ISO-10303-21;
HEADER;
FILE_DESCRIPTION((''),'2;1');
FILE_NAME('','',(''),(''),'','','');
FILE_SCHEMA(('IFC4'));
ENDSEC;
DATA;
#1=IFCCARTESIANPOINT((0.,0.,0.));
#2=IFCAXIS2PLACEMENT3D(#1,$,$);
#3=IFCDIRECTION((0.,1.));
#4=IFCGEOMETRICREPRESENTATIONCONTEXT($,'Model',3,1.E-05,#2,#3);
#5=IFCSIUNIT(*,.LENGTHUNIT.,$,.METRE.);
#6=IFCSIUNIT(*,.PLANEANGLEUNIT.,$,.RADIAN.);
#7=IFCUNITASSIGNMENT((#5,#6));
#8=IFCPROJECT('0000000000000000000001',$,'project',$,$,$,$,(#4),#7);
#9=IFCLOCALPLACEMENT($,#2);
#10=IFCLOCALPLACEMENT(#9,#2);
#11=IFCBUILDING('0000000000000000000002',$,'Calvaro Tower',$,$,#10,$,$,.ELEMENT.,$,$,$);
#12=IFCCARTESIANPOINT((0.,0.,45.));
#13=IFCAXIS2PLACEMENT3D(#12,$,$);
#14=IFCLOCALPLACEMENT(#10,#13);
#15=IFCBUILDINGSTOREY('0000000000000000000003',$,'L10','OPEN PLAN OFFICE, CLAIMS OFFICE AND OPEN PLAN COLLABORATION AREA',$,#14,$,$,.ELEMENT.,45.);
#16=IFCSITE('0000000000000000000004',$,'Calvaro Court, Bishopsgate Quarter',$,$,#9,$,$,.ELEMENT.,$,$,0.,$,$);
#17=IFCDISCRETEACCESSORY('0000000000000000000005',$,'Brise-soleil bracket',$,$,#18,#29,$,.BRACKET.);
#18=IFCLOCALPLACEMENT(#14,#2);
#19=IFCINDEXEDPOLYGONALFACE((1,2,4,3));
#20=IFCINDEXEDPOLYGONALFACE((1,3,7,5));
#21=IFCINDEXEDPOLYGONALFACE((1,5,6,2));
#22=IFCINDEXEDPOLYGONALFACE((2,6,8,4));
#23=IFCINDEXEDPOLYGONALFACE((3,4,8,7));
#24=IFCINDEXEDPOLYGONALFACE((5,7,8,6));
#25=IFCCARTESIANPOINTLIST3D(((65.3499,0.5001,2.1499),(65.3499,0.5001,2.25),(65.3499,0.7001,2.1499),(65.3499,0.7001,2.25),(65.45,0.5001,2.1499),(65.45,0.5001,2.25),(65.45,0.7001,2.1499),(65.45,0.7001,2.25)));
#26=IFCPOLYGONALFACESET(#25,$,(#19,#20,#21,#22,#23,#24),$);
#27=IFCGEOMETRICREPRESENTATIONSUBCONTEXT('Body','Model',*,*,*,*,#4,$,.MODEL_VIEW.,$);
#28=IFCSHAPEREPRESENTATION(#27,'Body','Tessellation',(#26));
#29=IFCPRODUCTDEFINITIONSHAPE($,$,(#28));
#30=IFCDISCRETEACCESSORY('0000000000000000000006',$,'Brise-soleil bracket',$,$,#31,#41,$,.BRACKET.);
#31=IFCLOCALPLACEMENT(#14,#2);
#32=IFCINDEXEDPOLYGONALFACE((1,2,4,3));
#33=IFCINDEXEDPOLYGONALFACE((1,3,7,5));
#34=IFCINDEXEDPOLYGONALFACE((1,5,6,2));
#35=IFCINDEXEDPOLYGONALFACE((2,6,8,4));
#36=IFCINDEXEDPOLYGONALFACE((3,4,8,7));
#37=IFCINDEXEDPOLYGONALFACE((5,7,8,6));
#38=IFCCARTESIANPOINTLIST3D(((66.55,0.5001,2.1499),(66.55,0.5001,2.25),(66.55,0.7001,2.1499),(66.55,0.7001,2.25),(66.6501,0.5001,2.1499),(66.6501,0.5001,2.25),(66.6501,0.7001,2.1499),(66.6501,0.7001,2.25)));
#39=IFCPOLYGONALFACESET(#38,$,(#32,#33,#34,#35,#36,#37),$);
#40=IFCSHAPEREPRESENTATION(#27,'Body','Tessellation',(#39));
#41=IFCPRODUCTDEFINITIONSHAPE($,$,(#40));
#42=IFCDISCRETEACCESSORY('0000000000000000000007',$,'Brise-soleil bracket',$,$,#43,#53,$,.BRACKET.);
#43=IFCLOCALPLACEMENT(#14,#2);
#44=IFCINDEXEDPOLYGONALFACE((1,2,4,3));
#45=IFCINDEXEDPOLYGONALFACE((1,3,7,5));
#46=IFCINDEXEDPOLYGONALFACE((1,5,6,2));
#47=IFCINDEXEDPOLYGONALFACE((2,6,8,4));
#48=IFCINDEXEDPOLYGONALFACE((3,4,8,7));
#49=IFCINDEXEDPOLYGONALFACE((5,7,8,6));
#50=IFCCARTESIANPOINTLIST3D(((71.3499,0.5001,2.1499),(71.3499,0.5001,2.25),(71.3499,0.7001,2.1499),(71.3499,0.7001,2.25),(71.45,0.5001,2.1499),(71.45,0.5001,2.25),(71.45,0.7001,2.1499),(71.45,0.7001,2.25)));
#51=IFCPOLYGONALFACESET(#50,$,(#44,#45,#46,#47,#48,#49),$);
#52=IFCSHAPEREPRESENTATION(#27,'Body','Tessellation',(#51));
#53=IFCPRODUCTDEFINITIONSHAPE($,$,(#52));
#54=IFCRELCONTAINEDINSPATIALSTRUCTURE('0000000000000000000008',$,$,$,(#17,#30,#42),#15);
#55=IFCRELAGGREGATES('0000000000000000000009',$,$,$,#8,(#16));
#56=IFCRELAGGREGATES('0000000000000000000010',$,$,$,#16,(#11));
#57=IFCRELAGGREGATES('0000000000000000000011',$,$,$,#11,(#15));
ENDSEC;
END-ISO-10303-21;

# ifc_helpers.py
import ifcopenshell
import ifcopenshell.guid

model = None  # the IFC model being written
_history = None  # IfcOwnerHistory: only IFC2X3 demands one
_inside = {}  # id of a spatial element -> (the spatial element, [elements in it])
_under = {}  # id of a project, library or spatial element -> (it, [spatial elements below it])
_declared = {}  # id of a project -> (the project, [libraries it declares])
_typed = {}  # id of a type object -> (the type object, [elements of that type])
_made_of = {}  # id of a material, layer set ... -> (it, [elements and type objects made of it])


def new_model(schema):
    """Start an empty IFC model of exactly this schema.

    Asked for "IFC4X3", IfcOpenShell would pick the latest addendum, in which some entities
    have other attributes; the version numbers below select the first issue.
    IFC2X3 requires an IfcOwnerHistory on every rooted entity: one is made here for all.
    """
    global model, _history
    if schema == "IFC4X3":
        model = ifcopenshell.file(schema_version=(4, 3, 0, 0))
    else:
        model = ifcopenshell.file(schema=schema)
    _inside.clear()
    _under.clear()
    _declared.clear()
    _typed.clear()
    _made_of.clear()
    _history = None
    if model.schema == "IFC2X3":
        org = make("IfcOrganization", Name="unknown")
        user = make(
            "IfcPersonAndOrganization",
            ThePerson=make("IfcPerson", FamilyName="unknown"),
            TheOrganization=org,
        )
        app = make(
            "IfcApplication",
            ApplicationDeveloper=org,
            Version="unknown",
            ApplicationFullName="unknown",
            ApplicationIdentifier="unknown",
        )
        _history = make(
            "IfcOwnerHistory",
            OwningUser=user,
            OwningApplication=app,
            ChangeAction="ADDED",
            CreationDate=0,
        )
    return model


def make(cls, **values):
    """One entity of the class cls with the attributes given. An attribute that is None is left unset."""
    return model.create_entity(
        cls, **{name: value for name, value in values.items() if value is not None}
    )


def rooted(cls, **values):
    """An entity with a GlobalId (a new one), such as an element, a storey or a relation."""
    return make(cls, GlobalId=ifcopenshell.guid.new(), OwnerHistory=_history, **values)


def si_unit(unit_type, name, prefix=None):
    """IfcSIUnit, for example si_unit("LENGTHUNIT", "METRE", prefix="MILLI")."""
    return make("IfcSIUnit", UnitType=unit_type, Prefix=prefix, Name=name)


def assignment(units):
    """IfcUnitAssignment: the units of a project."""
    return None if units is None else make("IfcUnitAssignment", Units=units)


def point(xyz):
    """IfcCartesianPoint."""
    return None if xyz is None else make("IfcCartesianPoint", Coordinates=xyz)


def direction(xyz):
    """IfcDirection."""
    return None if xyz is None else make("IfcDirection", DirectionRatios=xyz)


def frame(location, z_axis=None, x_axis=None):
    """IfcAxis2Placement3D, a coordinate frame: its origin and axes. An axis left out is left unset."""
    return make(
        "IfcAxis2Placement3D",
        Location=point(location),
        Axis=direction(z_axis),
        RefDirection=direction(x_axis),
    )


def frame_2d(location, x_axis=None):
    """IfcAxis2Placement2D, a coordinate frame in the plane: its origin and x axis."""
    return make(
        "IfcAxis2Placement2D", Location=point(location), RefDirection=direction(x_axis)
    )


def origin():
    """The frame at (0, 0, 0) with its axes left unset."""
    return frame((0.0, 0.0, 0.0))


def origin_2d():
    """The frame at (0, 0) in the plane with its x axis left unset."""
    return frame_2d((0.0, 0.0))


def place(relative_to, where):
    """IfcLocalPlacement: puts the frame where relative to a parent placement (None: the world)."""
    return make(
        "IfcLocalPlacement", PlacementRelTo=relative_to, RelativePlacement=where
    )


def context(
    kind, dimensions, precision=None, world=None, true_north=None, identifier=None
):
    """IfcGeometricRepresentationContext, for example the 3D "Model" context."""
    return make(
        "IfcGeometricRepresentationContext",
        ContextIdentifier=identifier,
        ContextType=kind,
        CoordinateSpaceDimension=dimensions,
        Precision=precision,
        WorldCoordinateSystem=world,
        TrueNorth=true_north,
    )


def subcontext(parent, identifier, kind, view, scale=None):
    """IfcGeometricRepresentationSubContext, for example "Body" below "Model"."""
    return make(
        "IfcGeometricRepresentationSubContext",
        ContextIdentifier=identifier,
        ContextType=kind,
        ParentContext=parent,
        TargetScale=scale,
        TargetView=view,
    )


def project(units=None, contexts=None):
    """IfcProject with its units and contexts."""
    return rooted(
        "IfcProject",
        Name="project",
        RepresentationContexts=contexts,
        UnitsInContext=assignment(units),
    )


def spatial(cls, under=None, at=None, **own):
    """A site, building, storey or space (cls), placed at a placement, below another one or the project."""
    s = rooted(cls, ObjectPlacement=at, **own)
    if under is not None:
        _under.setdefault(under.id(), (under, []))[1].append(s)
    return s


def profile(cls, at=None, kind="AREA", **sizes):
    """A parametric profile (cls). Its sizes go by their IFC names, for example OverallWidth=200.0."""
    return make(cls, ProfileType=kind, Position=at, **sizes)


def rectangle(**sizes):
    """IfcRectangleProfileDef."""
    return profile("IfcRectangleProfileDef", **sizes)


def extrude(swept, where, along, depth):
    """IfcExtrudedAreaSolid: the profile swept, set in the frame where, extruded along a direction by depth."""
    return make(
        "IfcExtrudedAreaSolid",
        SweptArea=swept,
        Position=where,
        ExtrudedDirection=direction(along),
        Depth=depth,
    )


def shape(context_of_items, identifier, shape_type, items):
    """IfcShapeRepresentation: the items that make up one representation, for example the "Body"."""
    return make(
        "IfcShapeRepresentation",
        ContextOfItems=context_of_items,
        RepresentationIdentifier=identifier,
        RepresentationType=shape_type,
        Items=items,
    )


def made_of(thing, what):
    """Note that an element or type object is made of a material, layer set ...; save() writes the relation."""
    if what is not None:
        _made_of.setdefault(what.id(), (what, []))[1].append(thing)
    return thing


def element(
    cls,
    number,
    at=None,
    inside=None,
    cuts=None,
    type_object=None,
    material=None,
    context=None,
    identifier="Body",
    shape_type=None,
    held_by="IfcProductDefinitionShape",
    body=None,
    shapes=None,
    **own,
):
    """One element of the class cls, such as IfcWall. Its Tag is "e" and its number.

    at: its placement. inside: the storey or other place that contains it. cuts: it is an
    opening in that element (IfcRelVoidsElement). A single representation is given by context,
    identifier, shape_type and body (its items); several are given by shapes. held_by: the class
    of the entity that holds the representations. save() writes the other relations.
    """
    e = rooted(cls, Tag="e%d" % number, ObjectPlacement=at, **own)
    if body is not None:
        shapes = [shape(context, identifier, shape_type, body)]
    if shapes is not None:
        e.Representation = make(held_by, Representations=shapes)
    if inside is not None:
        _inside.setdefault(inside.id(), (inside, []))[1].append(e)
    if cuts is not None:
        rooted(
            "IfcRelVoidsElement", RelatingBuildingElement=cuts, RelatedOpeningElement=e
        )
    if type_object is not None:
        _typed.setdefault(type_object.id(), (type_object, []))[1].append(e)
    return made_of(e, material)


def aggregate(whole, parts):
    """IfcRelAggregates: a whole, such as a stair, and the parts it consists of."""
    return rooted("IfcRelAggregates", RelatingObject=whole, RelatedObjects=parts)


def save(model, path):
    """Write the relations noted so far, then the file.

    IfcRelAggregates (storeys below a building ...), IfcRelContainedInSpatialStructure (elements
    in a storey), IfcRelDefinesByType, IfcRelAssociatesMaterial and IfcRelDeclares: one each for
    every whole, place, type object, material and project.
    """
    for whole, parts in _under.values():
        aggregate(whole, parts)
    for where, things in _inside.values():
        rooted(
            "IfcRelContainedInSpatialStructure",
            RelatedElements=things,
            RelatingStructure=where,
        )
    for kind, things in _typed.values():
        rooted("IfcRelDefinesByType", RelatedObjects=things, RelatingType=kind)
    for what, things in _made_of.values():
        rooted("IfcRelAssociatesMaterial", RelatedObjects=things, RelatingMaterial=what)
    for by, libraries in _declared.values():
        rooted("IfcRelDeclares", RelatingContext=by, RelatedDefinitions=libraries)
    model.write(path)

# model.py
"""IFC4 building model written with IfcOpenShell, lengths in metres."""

from ifc_helpers import new_model, si_unit, direction, frame, origin, origin_2d, place, context, subcontext, project, spatial, rectangle, extrude, element, save


model = new_model("IFC4")

# Units and contexts
model_context = context("Model", 3, precision=1e-05, world=origin(), true_north=direction((0.0, 1.0)))
body_context = subcontext(model_context, "Body", "Model", "MODEL_VIEW")
ifc_project = project(units=[si_unit("LENGTHUNIT", "METRE"), si_unit("PLANEANGLEUNIT", "RADIAN")], contexts=[model_context])

# Site, building, storey
site_placement = place(None, origin())
site = spatial("IfcSite", under=ifc_project, at=site_placement, Name="Calvaro Court, Bishopsgate Quarter", CompositionType="ELEMENT", RefElevation=0.0)
building_placement = place(site_placement, origin())
building = spatial("IfcBuilding", under=site, at=building_placement, Name="Calvaro Tower", CompositionType="ELEMENT")
storey_placement = place(building_placement, frame((0.0, 0.0, 45.0)))
storey = spatial("IfcBuildingStorey", under=building, at=storey_placement, Name="L10", Description="OPEN PLAN OFFICE, CLAIMS OFFICE AND OPEN PLAN COLLABORATION AREA", CompositionType="ELEMENT", Elevation=45.0)

# Discrete accessories
for number, where, z_axis, x_axis, name in (
    (1, (65.3999, 0.6001, 2.1499), (0.0, 0.0, 1.0), (1.0, 0.0, 0.0), "Brise-soleil bracket"),
    (2, (66.6001, 0.6001, 2.1499), (0.0, 0.0, 1.0), (1.0, 0.0, 0.0), "Brise-soleil bracket"),
    (3, (71.3999, 0.6001, 2.1499), (0.0, 0.0, 1.0), (1.0, 0.0, 0.0), "Brise-soleil bracket"),
):
    element("IfcDiscreteAccessory", number, at=place(storey_placement, frame(where, z_axis=z_axis, x_axis=x_axis)), inside=storey, Name=name, PredefinedType="BRACKET", context=body_context, shape_type="SweptSolid", body=[
        extrude(rectangle(XDim=0.1001, YDim=0.2, at=origin_2d()), origin(), (0.0, 0.0, 1.0), 0.1001),
    ])

save(model, "model.ifc")
